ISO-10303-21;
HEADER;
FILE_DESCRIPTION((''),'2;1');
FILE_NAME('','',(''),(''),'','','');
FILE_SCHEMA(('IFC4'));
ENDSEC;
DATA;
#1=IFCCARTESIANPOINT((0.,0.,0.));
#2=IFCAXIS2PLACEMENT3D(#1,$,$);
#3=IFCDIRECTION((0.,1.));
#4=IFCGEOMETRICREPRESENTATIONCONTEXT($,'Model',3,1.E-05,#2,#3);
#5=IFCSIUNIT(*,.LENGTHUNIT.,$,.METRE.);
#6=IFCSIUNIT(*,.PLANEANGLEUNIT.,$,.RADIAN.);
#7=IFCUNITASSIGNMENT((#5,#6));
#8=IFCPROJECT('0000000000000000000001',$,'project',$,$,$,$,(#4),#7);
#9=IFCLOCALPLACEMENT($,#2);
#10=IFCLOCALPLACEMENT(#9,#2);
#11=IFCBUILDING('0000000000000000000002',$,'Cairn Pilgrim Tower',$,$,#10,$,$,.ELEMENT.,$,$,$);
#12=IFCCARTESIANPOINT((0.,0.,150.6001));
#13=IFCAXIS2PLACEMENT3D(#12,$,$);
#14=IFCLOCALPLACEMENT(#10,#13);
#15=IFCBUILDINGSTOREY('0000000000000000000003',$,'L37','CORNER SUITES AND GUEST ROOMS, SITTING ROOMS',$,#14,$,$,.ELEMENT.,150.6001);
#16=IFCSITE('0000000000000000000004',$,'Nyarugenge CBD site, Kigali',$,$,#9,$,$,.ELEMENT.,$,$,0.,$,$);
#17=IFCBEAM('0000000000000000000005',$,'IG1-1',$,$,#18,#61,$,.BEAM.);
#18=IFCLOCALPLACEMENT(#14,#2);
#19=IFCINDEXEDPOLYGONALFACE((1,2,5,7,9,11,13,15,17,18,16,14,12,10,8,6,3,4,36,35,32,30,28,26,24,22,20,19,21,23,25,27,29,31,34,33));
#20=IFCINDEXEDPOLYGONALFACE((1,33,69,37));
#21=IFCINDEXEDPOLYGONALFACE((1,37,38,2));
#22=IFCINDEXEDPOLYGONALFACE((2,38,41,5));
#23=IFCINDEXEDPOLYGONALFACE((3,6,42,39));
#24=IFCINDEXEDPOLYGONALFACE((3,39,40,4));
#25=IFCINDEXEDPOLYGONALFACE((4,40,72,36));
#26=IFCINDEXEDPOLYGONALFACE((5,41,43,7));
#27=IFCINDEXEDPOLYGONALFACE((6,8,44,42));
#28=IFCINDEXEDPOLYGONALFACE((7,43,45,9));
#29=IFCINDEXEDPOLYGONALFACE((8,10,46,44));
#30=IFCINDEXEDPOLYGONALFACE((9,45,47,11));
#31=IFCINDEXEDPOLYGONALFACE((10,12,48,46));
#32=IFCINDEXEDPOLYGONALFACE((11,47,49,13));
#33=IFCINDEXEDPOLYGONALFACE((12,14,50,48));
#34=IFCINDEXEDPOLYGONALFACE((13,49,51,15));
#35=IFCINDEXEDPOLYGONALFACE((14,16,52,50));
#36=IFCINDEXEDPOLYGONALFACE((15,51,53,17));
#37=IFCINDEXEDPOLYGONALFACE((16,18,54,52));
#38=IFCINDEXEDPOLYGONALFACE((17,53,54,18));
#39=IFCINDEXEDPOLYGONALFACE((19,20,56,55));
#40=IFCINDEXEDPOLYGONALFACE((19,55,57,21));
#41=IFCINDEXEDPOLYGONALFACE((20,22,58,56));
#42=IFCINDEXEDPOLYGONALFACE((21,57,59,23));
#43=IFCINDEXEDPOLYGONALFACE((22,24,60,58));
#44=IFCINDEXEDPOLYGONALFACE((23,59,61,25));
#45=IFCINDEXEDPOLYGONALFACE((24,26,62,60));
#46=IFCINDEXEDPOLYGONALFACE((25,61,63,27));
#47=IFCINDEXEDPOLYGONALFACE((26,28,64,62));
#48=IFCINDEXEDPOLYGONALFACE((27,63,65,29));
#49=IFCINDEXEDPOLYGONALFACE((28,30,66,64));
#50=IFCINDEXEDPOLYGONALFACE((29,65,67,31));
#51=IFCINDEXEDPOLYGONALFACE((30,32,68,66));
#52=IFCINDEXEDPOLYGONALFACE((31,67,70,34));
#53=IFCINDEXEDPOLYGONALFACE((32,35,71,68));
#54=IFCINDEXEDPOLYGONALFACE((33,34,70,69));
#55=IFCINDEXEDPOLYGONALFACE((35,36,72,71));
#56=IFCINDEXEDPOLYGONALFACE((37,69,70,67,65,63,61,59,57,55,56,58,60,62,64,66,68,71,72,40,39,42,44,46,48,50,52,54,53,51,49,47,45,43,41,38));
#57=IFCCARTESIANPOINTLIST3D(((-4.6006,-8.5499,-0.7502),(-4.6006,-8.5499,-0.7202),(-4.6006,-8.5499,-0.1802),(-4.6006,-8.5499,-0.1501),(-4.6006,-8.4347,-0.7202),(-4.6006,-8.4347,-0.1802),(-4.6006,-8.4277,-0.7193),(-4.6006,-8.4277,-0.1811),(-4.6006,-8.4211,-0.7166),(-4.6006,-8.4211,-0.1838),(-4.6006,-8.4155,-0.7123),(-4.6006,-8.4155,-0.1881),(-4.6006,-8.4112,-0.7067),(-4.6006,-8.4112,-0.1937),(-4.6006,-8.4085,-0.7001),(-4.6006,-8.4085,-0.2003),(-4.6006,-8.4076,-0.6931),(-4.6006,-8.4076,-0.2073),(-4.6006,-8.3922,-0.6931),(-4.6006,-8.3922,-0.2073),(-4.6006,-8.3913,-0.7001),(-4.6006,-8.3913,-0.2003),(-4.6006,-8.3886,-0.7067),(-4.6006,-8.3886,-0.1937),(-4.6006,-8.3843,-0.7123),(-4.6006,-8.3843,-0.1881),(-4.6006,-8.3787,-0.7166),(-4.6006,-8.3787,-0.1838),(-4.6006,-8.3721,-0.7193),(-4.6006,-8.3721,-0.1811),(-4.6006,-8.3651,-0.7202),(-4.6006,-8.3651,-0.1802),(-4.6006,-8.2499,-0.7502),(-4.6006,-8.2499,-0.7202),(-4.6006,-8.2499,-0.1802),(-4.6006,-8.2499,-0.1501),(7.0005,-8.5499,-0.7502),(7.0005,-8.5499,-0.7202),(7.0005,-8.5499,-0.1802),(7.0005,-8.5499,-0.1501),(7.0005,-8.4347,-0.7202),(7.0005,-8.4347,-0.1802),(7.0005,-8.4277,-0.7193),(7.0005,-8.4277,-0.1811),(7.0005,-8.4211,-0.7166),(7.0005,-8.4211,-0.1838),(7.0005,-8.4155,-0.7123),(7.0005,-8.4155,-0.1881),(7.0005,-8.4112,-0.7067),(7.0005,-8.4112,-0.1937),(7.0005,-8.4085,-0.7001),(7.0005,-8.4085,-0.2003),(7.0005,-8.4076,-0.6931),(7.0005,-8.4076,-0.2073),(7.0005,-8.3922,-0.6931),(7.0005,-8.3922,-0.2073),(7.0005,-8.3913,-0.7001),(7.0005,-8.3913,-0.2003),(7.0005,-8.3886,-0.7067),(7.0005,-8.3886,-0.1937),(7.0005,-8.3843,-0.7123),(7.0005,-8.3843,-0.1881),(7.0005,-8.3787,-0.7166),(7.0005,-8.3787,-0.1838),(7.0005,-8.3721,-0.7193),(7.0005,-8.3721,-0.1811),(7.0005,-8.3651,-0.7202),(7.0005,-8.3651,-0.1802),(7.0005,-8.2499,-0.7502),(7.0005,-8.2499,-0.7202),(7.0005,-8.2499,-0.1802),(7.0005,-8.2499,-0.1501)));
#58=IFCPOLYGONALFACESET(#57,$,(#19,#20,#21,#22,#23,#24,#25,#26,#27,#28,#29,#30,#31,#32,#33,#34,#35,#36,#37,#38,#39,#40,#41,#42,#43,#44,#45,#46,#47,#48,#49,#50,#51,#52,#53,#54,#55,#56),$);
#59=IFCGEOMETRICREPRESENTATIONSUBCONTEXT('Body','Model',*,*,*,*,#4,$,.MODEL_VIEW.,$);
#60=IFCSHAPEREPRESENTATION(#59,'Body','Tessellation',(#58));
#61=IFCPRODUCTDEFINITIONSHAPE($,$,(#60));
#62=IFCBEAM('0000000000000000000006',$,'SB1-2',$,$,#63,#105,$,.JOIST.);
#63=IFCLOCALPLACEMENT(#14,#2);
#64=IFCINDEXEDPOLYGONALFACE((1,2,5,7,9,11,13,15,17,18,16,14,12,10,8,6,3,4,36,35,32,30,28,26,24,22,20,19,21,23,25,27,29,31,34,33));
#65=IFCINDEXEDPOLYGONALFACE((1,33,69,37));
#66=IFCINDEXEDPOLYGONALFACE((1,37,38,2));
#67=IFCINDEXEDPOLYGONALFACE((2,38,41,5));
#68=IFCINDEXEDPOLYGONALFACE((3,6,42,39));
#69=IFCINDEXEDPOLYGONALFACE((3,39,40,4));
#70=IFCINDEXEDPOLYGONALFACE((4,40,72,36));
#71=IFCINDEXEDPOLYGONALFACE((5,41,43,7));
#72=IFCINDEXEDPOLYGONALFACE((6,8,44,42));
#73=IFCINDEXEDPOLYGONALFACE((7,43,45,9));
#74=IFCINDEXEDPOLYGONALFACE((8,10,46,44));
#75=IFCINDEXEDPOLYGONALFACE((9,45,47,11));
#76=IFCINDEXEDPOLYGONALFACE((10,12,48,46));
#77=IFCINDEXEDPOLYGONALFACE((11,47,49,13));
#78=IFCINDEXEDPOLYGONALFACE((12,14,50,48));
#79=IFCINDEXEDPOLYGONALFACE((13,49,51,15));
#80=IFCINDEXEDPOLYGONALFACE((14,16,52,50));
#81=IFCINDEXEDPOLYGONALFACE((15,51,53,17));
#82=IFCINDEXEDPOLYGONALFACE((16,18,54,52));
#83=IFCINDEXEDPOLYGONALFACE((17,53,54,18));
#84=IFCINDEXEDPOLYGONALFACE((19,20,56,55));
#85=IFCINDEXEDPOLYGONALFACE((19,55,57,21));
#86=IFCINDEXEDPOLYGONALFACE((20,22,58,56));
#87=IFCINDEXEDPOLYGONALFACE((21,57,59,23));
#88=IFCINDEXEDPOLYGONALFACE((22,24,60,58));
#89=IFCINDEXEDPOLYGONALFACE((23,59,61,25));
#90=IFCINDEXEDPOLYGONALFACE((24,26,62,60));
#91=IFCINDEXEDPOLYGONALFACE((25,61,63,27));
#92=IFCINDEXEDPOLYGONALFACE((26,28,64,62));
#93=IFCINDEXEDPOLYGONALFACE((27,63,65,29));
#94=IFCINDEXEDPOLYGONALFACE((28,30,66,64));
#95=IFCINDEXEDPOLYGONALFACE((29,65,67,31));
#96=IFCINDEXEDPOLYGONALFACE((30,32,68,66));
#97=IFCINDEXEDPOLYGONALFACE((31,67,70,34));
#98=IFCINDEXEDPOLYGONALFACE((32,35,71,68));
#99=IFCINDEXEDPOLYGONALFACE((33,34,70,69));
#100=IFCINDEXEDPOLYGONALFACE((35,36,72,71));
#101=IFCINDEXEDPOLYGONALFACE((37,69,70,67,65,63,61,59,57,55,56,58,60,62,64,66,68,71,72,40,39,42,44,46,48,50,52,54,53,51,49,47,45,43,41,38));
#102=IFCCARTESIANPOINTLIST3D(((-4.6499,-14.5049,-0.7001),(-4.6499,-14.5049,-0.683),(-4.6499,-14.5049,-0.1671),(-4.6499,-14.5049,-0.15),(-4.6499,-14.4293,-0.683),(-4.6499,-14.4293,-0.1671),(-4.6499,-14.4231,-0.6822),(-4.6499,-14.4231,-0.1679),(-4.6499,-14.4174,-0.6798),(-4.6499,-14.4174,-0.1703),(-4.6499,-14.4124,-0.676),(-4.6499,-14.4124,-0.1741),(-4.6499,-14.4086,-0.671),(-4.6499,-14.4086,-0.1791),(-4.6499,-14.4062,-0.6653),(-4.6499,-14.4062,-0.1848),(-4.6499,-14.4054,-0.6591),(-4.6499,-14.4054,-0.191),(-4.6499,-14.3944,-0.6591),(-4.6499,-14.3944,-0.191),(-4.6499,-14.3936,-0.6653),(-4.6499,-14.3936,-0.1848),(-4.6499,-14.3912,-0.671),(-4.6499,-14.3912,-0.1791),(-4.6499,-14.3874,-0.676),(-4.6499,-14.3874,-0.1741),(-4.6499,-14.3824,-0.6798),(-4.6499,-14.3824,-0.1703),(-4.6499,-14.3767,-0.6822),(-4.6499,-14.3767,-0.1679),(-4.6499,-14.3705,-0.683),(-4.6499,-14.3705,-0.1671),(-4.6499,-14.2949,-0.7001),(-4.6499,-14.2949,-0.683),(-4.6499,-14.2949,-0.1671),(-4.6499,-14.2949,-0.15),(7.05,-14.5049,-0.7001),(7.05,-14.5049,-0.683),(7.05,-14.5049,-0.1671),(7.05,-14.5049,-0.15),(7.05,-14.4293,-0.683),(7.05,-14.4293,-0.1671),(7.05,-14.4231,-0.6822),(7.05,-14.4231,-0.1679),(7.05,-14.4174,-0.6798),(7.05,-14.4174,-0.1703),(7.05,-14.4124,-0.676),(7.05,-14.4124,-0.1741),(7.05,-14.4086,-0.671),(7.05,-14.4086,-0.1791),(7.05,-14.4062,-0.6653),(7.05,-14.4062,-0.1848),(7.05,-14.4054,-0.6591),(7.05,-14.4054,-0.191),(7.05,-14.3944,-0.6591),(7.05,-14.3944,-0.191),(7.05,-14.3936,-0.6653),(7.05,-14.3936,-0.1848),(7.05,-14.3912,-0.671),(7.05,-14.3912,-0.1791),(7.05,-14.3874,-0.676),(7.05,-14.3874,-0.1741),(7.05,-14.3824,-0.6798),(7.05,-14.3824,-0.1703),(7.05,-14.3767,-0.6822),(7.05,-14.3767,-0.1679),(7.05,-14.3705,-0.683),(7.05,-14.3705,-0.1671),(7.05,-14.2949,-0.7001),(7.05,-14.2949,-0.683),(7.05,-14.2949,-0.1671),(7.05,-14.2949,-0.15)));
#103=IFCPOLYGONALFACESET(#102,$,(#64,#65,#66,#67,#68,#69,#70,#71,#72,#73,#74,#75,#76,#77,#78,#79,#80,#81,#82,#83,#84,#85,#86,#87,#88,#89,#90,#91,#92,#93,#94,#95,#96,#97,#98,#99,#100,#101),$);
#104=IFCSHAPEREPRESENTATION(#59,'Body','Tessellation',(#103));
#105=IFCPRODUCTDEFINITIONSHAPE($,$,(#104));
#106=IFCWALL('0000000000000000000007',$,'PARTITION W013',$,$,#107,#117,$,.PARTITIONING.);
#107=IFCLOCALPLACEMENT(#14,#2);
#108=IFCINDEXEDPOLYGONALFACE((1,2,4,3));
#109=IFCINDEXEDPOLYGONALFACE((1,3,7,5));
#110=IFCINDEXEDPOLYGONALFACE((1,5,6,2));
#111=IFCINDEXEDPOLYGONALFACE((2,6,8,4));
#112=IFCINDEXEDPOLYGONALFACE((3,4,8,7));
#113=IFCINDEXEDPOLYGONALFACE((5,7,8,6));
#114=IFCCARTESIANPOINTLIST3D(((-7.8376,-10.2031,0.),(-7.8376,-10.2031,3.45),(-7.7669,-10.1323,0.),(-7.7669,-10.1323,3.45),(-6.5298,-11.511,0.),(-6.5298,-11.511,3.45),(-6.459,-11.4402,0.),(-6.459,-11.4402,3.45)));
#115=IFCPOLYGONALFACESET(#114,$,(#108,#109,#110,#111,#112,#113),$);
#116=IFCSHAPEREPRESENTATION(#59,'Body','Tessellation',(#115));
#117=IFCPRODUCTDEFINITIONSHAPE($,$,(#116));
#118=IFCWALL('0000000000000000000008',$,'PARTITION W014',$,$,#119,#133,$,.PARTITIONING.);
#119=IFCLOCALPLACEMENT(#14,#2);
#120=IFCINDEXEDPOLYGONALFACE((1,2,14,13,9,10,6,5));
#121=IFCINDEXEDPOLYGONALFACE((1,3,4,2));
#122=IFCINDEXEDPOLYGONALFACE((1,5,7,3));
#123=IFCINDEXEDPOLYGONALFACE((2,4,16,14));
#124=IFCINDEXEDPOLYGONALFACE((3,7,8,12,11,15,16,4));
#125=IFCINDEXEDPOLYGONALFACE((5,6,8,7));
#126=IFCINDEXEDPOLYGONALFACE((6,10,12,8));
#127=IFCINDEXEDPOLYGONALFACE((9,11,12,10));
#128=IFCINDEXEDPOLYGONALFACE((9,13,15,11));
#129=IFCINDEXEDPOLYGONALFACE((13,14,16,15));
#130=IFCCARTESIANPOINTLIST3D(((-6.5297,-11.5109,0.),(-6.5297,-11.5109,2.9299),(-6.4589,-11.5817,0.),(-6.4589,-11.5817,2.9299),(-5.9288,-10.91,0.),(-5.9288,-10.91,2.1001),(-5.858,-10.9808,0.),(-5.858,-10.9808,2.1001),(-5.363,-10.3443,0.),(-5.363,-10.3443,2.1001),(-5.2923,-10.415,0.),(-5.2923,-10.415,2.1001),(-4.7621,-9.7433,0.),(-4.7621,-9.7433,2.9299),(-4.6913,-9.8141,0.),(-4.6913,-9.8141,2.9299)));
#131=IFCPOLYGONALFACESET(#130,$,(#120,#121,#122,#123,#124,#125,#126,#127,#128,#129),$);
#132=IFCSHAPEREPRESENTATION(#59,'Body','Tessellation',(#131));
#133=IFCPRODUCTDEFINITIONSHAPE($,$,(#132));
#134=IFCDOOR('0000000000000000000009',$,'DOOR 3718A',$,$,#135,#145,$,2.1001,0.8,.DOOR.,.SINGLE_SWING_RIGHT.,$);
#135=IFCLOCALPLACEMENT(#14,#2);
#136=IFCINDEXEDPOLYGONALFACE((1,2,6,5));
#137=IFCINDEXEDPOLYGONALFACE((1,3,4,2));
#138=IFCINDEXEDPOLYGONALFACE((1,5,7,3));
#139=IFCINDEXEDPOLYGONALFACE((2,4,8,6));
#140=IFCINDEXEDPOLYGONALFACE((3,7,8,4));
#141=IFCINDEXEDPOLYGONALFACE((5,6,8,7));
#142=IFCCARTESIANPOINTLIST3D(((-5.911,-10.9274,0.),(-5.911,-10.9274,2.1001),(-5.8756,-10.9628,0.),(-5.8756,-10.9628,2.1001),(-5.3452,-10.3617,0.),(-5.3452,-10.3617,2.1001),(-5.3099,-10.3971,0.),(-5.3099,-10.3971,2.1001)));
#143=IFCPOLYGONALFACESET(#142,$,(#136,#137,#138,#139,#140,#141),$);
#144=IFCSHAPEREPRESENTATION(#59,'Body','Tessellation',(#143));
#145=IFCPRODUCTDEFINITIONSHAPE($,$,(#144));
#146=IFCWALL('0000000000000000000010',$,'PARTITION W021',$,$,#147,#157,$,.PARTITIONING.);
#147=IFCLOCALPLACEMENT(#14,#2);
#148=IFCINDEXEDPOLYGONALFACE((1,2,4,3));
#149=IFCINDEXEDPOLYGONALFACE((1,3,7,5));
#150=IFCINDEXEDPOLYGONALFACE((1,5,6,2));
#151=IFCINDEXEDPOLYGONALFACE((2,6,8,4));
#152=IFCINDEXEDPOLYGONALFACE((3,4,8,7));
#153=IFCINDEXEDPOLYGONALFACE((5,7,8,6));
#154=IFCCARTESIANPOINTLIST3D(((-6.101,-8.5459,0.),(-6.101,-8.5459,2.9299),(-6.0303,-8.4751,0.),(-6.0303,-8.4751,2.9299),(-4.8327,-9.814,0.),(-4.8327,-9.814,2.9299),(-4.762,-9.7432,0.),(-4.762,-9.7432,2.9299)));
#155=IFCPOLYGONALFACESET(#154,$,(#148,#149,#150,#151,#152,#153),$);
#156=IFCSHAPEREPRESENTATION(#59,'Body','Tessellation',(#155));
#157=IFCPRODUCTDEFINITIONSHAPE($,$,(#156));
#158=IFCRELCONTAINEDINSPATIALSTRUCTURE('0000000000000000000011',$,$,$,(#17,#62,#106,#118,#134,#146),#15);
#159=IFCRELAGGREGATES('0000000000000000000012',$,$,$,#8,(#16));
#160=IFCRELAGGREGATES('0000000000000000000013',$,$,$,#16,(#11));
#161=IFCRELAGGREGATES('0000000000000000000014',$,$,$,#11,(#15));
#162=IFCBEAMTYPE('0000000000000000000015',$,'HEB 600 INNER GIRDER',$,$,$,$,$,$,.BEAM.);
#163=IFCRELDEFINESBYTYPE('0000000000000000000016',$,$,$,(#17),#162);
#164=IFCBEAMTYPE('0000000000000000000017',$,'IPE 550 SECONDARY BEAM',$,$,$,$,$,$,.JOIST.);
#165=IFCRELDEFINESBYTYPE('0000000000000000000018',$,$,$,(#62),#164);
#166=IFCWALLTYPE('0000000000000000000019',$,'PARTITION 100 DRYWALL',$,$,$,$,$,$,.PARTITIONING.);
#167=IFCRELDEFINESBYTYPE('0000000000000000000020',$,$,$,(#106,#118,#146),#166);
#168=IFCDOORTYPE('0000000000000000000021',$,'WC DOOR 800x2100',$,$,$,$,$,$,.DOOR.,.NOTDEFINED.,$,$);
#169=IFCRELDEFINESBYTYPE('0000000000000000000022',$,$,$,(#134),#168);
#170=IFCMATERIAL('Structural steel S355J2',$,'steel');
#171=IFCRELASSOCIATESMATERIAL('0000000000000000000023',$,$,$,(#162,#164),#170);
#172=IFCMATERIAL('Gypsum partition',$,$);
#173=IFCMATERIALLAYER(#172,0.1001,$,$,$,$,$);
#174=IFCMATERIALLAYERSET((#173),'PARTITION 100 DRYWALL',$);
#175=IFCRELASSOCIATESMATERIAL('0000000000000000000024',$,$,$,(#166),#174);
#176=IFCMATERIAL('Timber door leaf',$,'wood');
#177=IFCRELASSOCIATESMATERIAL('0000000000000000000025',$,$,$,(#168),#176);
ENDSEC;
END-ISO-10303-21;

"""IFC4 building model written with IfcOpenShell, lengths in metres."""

from ifc_helpers import new_model, si_unit, direction, frame, frame_2d, origin, origin_2d, place, context, subcontext, project, spatial, rectangle, i_section, extrude, material, layer, layer_set, material_profile, profile_set, type_object, element, fill, save


model = new_model("IFC4")

# Units and contexts
model_context = context("Model", 3, precision=1e-05, world=origin(), true_north=direction((0.0, 1.0)))
body_context = subcontext(model_context, "Body", "Model", "MODEL_VIEW")
ifc_project = project(units=[si_unit("LENGTHUNIT", "METRE"), si_unit("PLANEANGLEUNIT", "RADIAN")], contexts=[model_context])

# Site, building, storey
site_placement = place(None, origin())
site = spatial("IfcSite", under=ifc_project, at=site_placement, Name="Nyarugenge CBD site, Kigali", CompositionType="ELEMENT", RefElevation=0.0)
building_placement = place(site_placement, origin())
building = spatial("IfcBuilding", under=site, at=building_placement, Name="Cairn Pilgrim Tower", CompositionType="ELEMENT")
storey_placement = place(building_placement, frame((0.0, 0.0, 150.6001)))
storey = spatial("IfcBuildingStorey", under=building, at=storey_placement, Name="L37", Description="CORNER SUITES AND GUEST ROOMS, SITTING ROOMS", CompositionType="ELEMENT", Elevation=150.6001)

# Shared definitions
ifc_material_1 = material(Name="Structural steel S355J2", Category="steel")

# Beams
ifc_material_profile_1 = material_profile(ifc_material_1, i_section(OverallWidth=0.3, OverallDepth=0.6001, WebThickness=0.0154, FlangeThickness=0.03, FilletRadius=0.0271, at=origin_2d()), Name="HEB 600")
ifc_profile_set_1 = profile_set([ifc_material_profile_1], Name="Structural steel S355J2")
beam_type_1 = type_object("IfcBeamType", Name="HEB 600 INNER GIRDER", PredefinedType="BEAM", material=ifc_profile_set_1)
beam_1_placement = place(storey_placement, frame((-4.6006, -8.3999, -0.4502), z_axis=(1.0, 0.0, 0.0), x_axis=(0.0, 1.0, 0.0)))
element("IfcBeam", 1, at=beam_1_placement, inside=storey, type_object=beam_type_1, Name="IG1-1", PredefinedType="BEAM", context=body_context, shape_type="SweptSolid", body=[
    extrude(i_section(OverallWidth=0.3, OverallDepth=0.6001, WebThickness=0.0154, FlangeThickness=0.03, FilletRadius=0.0271, at=origin_2d()), origin(), (0.0, 0.0, 1.0), 11.6011),
])
ifc_material_profile_2 = material_profile(ifc_material_1, i_section(OverallWidth=0.21, OverallDepth=0.55, WebThickness=0.011, FlangeThickness=0.0171, FilletRadius=0.0239, at=origin_2d()), Name="IPE 550")
ifc_profile_set_2 = profile_set([ifc_material_profile_2], Name="Structural steel S355J2")
beam_type_2 = type_object("IfcBeamType", Name="IPE 550 SECONDARY BEAM", PredefinedType="JOIST", material=ifc_profile_set_2)
beam_2_placement = place(storey_placement, frame((-4.6499, -14.3999, -0.425), z_axis=(1.0, 0.0, 0.0), x_axis=(0.0, 1.0, 0.0)))
element("IfcBeam", 2, at=beam_2_placement, inside=storey, type_object=beam_type_2, Name="SB1-2", PredefinedType="JOIST", context=body_context, shape_type="SweptSolid", body=[
    extrude(i_section(OverallWidth=0.21, OverallDepth=0.55, WebThickness=0.011, FlangeThickness=0.0171, FilletRadius=0.0239, at=origin_2d()), origin(), (0.0, 0.0, 1.0), 11.7),
])

# Wall
ifc_material_2 = material(Name="Gypsum partition")
ifc_layer_1 = layer(ifc_material_2, 0.1001)
ifc_layer_set_1 = layer_set([ifc_layer_1], Name="PARTITION 100 DRYWALL")
wall_type_1 = type_object("IfcWallType", Name="PARTITION 100 DRYWALL", PredefinedType="PARTITIONING", material=ifc_layer_set_1)
wall_1_placement = place(storey_placement, frame((-6.4944, -11.4756, 0.0), z_axis=(0.0, 0.0, 1.0), x_axis=(-0.707107, 0.707107, 0.0)))
element("IfcWall", 3, at=wall_1_placement, inside=storey, type_object=wall_type_1, Name="PARTITION W013", PredefinedType="PARTITIONING", context=body_context, shape_type="SweptSolid", body=[
    extrude(rectangle(XDim=1.8496, YDim=0.1001, at=frame_2d((0.9248, 0.0))), origin(), (0.0, 0.0, 1.0), 3.45),
])

# Wall, opening, door
wall_2_placement = place(storey_placement, frame((-6.4944, -11.5464, 0.0), z_axis=(0.0, 0.0, 1.0), x_axis=(0.707107, 0.707107, 0.0)))
wall_2 = element("IfcWall", 4, at=wall_2_placement, inside=storey, type_object=wall_type_1, Name="PARTITION W014", PredefinedType="PARTITIONING", context=body_context, shape_type="SweptSolid", body=[
    extrude(rectangle(XDim=2.4998, YDim=0.1001, at=frame_2d((1.25, 0.0))), origin(), (0.0, 0.0, 1.0), 2.9299),
])
opening_1_placement = place(wall_2_placement, frame((0.8501, 0.0, 0.0)))
opening_1 = element("IfcOpeningElement", 5, at=opening_1_placement, cuts=wall_2, PredefinedType="OPENING", context=body_context, shape_type="SweptSolid", body=[
    extrude(rectangle(XDim=0.8, YDim=2.1001, at=frame_2d((0.3999, 1.05))), frame((0.0, 0.0601, 0.0), z_axis=(0.0, -1.0, 0.0), x_axis=(1.0, 0.0, 0.0)), (0.0, 0.0, 1.0), 0.1201),
])
ifc_material_3 = material(Name="Timber door leaf", Category="wood")
door_type_1 = type_object("IfcDoorType", Name="WC DOOR 800x2100", OperationType="NOTDEFINED", PredefinedType="DOOR", material=ifc_material_3)
door_1_placement = place(opening_1_placement, frame((0.8, 0.0, 0.0), z_axis=(0.0, 0.0, 1.0), x_axis=(-1.0, 0.0, 0.0)))
door_1 = element("IfcDoor", 6, at=door_1_placement, inside=storey, type_object=door_type_1, Name="DOOR 3718A", OperationType="SINGLE_SWING_RIGHT", OverallHeight=2.1001, OverallWidth=0.8, PredefinedType="DOOR", context=body_context, shape_type="SweptSolid", body=[
    extrude(rectangle(XDim=0.8, YDim=2.1001, at=frame_2d((0.3999, 1.05))), frame((0.0, 0.0249, 0.0), z_axis=(0.0, -1.0, 0.0), x_axis=(1.0, 0.0, 0.0)), (0.0, 0.0, 1.0), 0.05),
])
fill(opening_1, door_1)

# Wall
wall_3_placement = place(storey_placement, frame((-4.7974, -9.7786, 0.0), z_axis=(0.0, 0.0, 1.0), x_axis=(-0.707175, 0.707039, 0.0)))
element("IfcWall", 7, at=wall_3_placement, inside=storey, type_object=wall_type_1, Name="PARTITION W021", PredefinedType="PARTITIONING", context=body_context, shape_type="SweptSolid", body=[
    extrude(rectangle(XDim=1.7935, YDim=0.1001, at=frame_2d((0.8967, 0.0))), origin(), (0.0, 0.0, 1.0), 2.9299),
])

save(model, "model.ifc")
